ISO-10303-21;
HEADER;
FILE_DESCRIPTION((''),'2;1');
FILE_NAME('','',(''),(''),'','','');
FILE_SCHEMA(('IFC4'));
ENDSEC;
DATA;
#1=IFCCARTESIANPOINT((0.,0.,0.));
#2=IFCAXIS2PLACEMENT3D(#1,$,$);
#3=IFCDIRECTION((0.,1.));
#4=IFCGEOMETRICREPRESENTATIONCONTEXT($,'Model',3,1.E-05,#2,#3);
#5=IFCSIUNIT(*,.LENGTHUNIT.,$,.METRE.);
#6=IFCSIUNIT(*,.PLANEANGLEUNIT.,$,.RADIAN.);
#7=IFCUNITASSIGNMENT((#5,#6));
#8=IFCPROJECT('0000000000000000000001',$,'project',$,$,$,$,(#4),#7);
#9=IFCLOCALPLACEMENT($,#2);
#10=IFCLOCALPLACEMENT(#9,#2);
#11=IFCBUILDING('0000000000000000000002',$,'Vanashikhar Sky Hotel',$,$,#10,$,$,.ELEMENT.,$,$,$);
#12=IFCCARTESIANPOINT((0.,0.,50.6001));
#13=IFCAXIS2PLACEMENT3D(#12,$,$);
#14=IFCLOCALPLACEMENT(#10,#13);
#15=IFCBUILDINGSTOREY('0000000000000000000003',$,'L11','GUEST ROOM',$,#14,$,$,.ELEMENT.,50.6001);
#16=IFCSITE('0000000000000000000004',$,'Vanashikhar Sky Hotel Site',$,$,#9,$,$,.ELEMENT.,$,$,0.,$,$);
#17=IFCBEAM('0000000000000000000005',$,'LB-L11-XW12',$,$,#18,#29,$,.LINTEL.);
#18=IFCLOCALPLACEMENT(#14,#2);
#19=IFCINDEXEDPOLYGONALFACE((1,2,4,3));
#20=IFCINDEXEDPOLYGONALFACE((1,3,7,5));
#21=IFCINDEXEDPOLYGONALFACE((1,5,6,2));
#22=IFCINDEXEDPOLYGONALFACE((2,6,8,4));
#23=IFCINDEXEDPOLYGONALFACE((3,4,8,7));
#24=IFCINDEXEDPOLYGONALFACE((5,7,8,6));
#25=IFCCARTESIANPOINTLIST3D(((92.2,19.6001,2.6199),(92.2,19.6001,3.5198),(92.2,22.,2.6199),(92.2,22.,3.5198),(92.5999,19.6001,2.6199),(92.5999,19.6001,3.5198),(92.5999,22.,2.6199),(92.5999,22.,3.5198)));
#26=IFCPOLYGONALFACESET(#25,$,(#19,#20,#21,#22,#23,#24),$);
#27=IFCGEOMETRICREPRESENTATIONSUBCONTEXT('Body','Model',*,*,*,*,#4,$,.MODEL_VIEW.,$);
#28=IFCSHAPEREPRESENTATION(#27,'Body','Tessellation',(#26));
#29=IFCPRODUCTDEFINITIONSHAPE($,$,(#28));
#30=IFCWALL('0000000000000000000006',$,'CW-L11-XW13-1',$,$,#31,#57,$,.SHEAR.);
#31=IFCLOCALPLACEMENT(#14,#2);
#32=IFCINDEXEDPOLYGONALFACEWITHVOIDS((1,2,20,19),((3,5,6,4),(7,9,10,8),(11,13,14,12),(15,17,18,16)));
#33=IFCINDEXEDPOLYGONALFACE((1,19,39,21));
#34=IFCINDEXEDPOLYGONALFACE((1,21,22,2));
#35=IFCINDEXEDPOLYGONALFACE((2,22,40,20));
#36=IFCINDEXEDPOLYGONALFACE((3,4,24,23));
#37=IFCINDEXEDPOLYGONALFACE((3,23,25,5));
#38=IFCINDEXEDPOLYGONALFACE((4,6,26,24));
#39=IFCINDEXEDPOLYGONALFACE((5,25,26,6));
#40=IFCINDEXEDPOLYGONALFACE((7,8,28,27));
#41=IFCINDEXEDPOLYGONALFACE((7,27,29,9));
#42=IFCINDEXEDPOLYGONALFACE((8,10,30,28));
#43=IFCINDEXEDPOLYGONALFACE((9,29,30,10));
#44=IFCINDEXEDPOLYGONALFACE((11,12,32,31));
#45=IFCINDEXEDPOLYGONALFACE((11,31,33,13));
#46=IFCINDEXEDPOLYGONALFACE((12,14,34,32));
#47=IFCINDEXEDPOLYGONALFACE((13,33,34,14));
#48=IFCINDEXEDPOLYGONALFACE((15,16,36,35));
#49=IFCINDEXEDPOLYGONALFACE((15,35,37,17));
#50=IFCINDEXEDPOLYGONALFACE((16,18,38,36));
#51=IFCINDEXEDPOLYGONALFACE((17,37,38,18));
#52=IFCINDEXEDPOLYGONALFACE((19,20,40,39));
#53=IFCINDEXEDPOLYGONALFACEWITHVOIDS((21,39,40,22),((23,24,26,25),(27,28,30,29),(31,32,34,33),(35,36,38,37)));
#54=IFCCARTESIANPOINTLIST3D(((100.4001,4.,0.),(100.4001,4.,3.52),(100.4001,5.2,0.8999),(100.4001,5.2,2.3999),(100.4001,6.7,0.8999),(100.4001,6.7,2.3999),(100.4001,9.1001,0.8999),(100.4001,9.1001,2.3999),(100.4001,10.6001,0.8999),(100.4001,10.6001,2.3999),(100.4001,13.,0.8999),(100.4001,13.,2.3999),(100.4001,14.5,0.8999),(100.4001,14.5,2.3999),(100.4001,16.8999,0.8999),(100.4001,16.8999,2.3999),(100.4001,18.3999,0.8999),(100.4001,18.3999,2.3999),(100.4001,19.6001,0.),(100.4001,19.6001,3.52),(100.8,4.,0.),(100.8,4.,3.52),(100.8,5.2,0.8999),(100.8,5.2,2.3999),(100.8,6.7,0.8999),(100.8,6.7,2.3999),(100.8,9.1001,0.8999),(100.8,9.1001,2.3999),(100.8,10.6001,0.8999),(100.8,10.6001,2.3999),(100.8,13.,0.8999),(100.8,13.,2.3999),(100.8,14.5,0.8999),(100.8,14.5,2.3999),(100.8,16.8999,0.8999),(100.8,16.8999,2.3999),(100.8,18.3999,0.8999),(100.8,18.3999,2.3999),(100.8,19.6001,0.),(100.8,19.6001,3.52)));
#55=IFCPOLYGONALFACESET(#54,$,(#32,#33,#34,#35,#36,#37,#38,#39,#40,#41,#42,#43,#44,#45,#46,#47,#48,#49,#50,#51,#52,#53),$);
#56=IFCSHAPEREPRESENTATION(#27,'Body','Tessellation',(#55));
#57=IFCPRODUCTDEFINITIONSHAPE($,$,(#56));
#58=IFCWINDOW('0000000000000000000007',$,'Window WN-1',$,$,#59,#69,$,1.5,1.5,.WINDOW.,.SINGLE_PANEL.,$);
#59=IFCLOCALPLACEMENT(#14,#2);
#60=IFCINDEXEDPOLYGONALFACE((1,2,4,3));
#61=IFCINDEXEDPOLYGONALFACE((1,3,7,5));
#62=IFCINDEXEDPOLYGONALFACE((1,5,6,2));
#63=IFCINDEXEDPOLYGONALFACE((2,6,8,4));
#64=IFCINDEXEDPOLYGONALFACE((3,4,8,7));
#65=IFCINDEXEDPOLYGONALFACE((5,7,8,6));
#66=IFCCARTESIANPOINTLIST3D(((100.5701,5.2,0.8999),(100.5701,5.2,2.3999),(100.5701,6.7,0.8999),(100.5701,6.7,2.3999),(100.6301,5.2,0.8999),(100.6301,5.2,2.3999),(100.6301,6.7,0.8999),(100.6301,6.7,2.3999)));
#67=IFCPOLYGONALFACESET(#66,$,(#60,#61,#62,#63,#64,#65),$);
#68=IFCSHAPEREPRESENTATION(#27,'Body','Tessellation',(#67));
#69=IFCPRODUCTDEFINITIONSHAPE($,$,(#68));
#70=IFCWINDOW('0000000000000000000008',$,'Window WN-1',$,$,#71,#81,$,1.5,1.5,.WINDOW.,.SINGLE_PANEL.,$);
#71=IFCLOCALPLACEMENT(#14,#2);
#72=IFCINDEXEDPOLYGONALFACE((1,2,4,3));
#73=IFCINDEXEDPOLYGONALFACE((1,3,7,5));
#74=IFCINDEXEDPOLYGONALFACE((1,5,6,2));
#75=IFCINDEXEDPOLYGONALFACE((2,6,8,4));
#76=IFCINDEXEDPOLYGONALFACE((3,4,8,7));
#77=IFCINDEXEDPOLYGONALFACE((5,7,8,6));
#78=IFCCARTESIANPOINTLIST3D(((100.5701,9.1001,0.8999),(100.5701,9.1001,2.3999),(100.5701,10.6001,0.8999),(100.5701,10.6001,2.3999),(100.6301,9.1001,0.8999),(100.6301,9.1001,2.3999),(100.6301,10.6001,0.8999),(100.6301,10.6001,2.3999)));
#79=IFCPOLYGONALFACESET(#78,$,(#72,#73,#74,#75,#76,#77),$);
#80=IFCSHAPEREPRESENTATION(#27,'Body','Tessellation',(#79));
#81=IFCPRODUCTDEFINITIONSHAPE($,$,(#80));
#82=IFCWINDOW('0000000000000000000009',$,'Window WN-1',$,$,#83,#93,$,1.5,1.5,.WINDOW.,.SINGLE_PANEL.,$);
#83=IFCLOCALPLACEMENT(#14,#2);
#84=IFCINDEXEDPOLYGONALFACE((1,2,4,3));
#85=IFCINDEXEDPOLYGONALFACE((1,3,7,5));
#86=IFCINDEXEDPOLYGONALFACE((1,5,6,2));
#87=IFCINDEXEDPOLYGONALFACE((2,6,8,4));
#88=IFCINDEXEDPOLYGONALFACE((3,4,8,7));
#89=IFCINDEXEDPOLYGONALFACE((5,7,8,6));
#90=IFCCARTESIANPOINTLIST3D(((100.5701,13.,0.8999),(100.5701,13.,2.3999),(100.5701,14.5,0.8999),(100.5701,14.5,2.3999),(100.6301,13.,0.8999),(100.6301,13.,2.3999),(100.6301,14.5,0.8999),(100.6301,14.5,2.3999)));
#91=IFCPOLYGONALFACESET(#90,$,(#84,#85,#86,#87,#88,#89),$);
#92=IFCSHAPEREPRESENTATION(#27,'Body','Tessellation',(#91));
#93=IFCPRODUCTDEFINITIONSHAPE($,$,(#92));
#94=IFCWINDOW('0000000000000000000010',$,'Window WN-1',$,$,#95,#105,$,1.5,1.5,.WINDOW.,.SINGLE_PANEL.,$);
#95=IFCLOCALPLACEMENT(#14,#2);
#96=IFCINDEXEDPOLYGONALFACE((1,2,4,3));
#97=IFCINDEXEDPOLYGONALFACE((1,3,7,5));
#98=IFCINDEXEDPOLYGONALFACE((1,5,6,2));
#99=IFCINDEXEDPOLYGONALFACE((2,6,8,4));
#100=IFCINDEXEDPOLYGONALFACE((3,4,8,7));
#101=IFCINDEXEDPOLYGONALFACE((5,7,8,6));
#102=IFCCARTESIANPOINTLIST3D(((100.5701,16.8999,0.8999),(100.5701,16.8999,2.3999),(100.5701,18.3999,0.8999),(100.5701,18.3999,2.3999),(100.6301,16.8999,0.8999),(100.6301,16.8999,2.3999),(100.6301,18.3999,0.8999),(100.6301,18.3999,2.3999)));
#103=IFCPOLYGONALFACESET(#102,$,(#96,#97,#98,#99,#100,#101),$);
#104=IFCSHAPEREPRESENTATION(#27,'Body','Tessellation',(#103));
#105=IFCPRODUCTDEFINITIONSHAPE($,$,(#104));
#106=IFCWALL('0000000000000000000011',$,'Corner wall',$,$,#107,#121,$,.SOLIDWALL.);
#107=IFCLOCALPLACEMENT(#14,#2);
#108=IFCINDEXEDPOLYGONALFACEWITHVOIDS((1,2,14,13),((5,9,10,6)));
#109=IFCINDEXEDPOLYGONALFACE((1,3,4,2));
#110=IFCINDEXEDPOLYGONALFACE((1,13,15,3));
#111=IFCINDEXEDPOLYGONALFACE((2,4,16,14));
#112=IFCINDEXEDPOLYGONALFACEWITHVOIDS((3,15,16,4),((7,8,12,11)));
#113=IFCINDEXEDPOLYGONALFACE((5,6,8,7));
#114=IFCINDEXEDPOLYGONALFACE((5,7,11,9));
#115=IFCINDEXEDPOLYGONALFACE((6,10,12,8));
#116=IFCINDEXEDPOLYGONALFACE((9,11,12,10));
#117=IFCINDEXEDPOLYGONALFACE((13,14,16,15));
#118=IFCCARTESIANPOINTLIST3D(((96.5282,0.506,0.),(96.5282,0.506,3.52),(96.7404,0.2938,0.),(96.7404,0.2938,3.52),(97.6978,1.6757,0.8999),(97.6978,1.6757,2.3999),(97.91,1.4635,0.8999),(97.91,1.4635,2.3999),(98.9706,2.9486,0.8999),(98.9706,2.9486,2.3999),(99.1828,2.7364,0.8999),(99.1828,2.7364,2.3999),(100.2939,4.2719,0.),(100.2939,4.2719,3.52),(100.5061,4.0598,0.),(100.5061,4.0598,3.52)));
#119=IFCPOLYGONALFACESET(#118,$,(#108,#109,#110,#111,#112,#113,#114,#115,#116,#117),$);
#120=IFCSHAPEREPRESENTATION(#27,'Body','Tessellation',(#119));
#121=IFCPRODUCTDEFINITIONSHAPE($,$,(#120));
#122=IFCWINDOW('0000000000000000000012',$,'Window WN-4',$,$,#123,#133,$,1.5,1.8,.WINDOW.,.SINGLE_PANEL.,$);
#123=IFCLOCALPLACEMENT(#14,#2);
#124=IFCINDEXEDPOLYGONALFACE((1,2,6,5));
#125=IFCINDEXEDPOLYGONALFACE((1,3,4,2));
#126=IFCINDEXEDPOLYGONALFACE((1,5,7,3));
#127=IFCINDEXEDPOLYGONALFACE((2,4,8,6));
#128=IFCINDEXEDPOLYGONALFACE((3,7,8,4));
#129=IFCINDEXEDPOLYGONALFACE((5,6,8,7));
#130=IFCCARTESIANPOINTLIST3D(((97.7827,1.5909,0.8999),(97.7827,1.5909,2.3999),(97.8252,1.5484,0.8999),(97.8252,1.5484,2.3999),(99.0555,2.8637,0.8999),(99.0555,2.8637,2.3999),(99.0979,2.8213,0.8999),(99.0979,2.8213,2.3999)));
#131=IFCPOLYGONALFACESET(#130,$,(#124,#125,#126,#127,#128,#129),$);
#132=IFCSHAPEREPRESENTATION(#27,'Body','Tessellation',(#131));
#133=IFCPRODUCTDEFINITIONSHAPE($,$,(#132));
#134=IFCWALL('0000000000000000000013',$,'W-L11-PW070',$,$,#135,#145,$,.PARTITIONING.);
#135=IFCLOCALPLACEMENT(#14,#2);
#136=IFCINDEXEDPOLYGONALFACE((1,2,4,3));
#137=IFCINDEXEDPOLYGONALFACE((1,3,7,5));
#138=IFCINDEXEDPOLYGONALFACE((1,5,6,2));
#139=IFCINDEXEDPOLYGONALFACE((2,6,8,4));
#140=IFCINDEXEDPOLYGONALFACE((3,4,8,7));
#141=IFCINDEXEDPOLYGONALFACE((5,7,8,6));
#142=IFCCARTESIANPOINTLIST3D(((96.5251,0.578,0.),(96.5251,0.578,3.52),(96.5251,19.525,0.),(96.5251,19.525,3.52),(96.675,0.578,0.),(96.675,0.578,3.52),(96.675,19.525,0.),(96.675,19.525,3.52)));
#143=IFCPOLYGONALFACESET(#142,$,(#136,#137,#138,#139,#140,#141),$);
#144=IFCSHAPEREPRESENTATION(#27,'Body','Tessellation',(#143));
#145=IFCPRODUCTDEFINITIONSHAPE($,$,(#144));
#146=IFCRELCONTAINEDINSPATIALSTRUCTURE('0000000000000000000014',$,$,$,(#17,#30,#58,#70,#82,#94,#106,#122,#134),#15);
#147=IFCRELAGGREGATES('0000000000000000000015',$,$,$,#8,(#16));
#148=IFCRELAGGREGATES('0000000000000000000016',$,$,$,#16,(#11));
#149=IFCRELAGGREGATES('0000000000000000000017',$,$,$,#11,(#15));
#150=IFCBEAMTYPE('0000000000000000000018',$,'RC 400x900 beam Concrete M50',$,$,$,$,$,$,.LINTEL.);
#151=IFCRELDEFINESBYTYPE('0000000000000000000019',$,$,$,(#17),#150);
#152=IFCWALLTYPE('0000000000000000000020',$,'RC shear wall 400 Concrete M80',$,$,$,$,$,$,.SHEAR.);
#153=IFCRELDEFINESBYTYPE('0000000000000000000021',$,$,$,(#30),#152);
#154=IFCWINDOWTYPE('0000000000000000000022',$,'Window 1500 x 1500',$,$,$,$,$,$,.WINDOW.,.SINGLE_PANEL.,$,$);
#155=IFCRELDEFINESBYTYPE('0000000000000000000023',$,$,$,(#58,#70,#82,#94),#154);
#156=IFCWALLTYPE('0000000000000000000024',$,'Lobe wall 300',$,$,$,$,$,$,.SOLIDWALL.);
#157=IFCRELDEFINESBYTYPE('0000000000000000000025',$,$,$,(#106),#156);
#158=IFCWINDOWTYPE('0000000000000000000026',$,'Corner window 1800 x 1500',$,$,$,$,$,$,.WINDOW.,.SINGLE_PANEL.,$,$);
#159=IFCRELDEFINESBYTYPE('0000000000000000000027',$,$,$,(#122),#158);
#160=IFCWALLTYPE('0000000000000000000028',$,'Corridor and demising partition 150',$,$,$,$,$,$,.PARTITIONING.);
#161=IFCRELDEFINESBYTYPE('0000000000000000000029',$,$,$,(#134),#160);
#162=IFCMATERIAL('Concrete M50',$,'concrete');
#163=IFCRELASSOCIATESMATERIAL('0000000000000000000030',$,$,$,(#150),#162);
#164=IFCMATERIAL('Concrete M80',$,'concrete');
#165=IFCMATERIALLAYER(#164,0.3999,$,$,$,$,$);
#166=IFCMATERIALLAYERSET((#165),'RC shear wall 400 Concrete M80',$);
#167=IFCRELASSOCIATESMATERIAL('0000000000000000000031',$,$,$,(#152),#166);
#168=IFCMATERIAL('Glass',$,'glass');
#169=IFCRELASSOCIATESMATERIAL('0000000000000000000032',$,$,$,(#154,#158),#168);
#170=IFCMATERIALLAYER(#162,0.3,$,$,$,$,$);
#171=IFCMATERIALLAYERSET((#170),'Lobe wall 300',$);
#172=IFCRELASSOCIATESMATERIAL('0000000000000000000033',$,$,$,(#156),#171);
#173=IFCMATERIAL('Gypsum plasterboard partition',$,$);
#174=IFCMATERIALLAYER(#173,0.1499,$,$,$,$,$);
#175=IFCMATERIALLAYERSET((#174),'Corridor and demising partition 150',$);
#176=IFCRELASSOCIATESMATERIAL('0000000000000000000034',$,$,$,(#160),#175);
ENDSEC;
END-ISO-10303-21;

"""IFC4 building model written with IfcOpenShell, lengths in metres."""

from ifc_helpers import new_model, si_unit, direction, frame, frame_2d, origin, origin_2d, place, context, subcontext, project, spatial, rectangle, extrude, source, transform, mapped, material, layer, layer_set, material_profile, profile_set, type_object, element, fill, save


model = new_model("IFC4")

# Units and contexts
model_context = context("Model", 3, precision=1e-05, world=origin(), true_north=direction((0.0, 1.0)))
body_context = subcontext(model_context, "Body", "Model", "MODEL_VIEW")
ifc_project = project(units=[si_unit("LENGTHUNIT", "METRE"), si_unit("PLANEANGLEUNIT", "RADIAN")], contexts=[model_context])

# Site, building, storey
site_placement = place(None, origin())
site = spatial("IfcSite", under=ifc_project, at=site_placement, Name="Vanashikhar Sky Hotel Site", CompositionType="ELEMENT", RefElevation=0.0)
building_placement = place(site_placement, origin())
building = spatial("IfcBuilding", under=site, at=building_placement, Name="Vanashikhar Sky Hotel", CompositionType="ELEMENT")
storey_placement = place(building_placement, frame((0.0, 0.0, 50.6001)))
storey = spatial("IfcBuildingStorey", under=building, at=storey_placement, Name="L11", Description="GUEST ROOM", CompositionType="ELEMENT", Elevation=50.6001)

# Beam
ifc_material_1 = material(Name="Concrete M50", Category="concrete")
ifc_material_profile = material_profile(ifc_material_1, rectangle(XDim=0.3999, YDim=0.8999, at=origin_2d()))
ifc_profile_set = profile_set([ifc_material_profile], Name="RC 400x900 beam Concrete M50")
beam_type = type_object("IfcBeamType", Name="RC 400x900 beam Concrete M50", PredefinedType="LINTEL", material=ifc_profile_set)
shared_shape_1 = source(origin(), body_context, "Body", "SweptSolid", [
    extrude(rectangle(XDim=0.3999, YDim=0.8999, at=origin_2d()), origin(), (0.0, 0.0, 1.0), 2.3999),
])
beam_placement = place(storey_placement, frame((92.3999, 19.6001, 3.0698), z_axis=(0.0, 1.0, 0.0), x_axis=(-1.0, 0.0, 0.0)))
element("IfcBeam", 1, at=beam_placement, inside=storey, type_object=beam_type, Name="LB-L11-XW12", PredefinedType="LINTEL", context=body_context, shape_type="MappedRepresentation", body=[
    mapped(shared_shape_1, transform((0.0, 0.0, 0.0), scale=1.0)),
])

# Wall, openings, windows
ifc_material_2 = material(Name="Concrete M80", Category="concrete")
ifc_layer_1 = layer(ifc_material_2, 0.3999)
ifc_layer_set_1 = layer_set([ifc_layer_1], Name="RC shear wall 400 Concrete M80")
wall_type_1 = type_object("IfcWallType", Name="RC shear wall 400 Concrete M80", PredefinedType="SHEAR", material=ifc_layer_set_1)
shared_shape_2 = source(origin(), body_context, "Body", "SweptSolid", [
    extrude(rectangle(XDim=15.6001, YDim=0.3999, at=frame_2d((7.8, 0.0))), origin(), (0.0, 0.0, 1.0), 3.52),
])
wall_1_placement = place(storey_placement, frame((100.6001, 4.0, 0.0), z_axis=(0.0, 0.0, 1.0), x_axis=(0.0, 1.0, 0.0)))
wall_1 = element("IfcWall", 2, at=wall_1_placement, inside=storey, type_object=wall_type_1, Name="CW-L11-XW13-1", PredefinedType="SHEAR", context=body_context, shape_type="MappedRepresentation", body=[
    mapped(shared_shape_2, transform((0.0, 0.0, 0.0), scale=1.0)),
])
shared_shape_3 = source(origin(), body_context, "Body", "SweptSolid", [
    extrude(rectangle(XDim=1.5, YDim=1.5, at=frame_2d((0.75, 0.75))), frame((0.0, 0.21, 0.0), z_axis=(0.0, -1.0, 0.0), x_axis=(1.0, 0.0, 0.0)), (0.0, 0.0, 1.0), 0.4199),
])
opening_1_placement = place(wall_1_placement, frame((1.2, 0.0, 0.8999)))
opening_1 = element("IfcOpeningElement", 3, at=opening_1_placement, cuts=wall_1, PredefinedType="OPENING", context=body_context, shape_type="MappedRepresentation", body=[
    mapped(shared_shape_3, transform((0.0, 0.0, 0.0), scale=1.0)),
])
opening_2_placement = place(wall_1_placement, frame((5.1001, 0.0, 0.8999)))
opening_2 = element("IfcOpeningElement", 4, at=opening_2_placement, cuts=wall_1, PredefinedType="OPENING", context=body_context, shape_type="MappedRepresentation", body=[
    mapped(shared_shape_3, transform((0.0, 0.0, 0.0), scale=1.0)),
])
opening_3_placement = place(wall_1_placement, frame((9.0, 0.0, 0.8999)))
opening_3 = element("IfcOpeningElement", 5, at=opening_3_placement, cuts=wall_1, PredefinedType="OPENING", context=body_context, shape_type="MappedRepresentation", body=[
    mapped(shared_shape_3, transform((0.0, 0.0, 0.0), scale=1.0)),
])
opening_4_placement = place(wall_1_placement, frame((12.8999, 0.0, 0.8999)))
opening_4 = element("IfcOpeningElement", 6, at=opening_4_placement, cuts=wall_1, PredefinedType="OPENING", context=body_context, shape_type="MappedRepresentation", body=[
    mapped(shared_shape_3, transform((0.0, 0.0, 0.0), scale=1.0)),
])
ifc_material_3 = material(Name="Glass", Category="glass")
window_type_1 = type_object("IfcWindowType", Name="Window 1500 x 1500", PartitioningType="SINGLE_PANEL", PredefinedType="WINDOW", material=ifc_material_3)
shared_shape_4 = source(origin(), body_context, "Body", "SweptSolid", [
    extrude(rectangle(XDim=1.5, YDim=1.5, at=frame_2d((0.75, 0.75))), frame((0.0, 0.03, 0.0), z_axis=(0.0, -1.0, 0.0), x_axis=(1.0, 0.0, 0.0)), (0.0, 0.0, 1.0), 0.0601),
])
window_1_placement = place(opening_1_placement, origin())
window_1 = element("IfcWindow", 7, at=window_1_placement, inside=storey, type_object=window_type_1, Name="Window WN-1", OverallHeight=1.5, OverallWidth=1.5, PartitioningType="SINGLE_PANEL", PredefinedType="WINDOW", context=body_context, shape_type="MappedRepresentation", body=[
    mapped(shared_shape_4, transform((0.0, 0.0, 0.0), scale=1.0)),
])
fill(opening_1, window_1)
window_2_placement = place(opening_2_placement, origin())
window_2 = element("IfcWindow", 8, at=window_2_placement, inside=storey, type_object=window_type_1, Name="Window WN-1", OverallHeight=1.5, OverallWidth=1.5, PartitioningType="SINGLE_PANEL", PredefinedType="WINDOW", context=body_context, shape_type="MappedRepresentation", body=[
    mapped(shared_shape_4, transform((0.0, 0.0, 0.0), scale=1.0)),
])
fill(opening_2, window_2)
window_3_placement = place(opening_3_placement, origin())
window_3 = element("IfcWindow", 9, at=window_3_placement, inside=storey, type_object=window_type_1, Name="Window WN-1", OverallHeight=1.5, OverallWidth=1.5, PartitioningType="SINGLE_PANEL", PredefinedType="WINDOW", context=body_context, shape_type="MappedRepresentation", body=[
    mapped(shared_shape_4, transform((0.0, 0.0, 0.0), scale=1.0)),
])
fill(opening_3, window_3)
window_4_placement = place(opening_4_placement, origin())
window_4 = element("IfcWindow", 10, at=window_4_placement, inside=storey, type_object=window_type_1, Name="Window WN-1", OverallHeight=1.5, OverallWidth=1.5, PartitioningType="SINGLE_PANEL", PredefinedType="WINDOW", context=body_context, shape_type="MappedRepresentation", body=[
    mapped(shared_shape_4, transform((0.0, 0.0, 0.0), scale=1.0)),
])
fill(opening_4, window_4)

# Wall, opening, window
ifc_layer_2 = layer(ifc_material_1, 0.3)
ifc_layer_set_2 = layer_set([ifc_layer_2], Name="Lobe wall 300")
wall_type_2 = type_object("IfcWallType", Name="Lobe wall 300", PredefinedType="SOLIDWALL", material=ifc_layer_set_2)
shared_shape_5 = source(origin(), body_context, "Body", "SweptSolid", [
    extrude(rectangle(XDim=5.3257, YDim=0.3, at=frame_2d((2.6628, 0.0))), origin(), (0.0, 0.0, 1.0), 3.52),
])
wall_2_placement = place(storey_placement, frame((96.6343, 0.3999, 0.0), z_axis=(0.0, 0.0, 1.0), x_axis=(0.707084, 0.70713, 0.0)))
wall_2 = element("IfcWall", 11, at=wall_2_placement, inside=storey, type_object=wall_type_2, Name="Corner wall", PredefinedType="SOLIDWALL", context=body_context, shape_type="MappedRepresentation", body=[
    mapped(shared_shape_5, transform((0.0, 0.0, 0.0), scale=1.0)),
])
shared_shape_6 = source(origin(), body_context, "Body", "SweptSolid", [
    extrude(rectangle(XDim=1.8, YDim=1.5, at=frame_2d((0.8999, 0.75))), frame((0.0, 0.1602, 0.0), z_axis=(0.0, -1.0, 0.0), x_axis=(1.0, 0.0, 0.0)), (0.0, 0.0, 1.0), 0.3201),
])
opening_5_placement = place(wall_2_placement, frame((1.6543, 0.0, 0.8999)))
opening_5 = element("IfcOpeningElement", 12, at=opening_5_placement, cuts=wall_2, PredefinedType="OPENING", context=body_context, shape_type="MappedRepresentation", body=[
    mapped(shared_shape_6, transform((0.0, 0.0, 0.0), scale=1.0)),
])
window_type_2 = type_object("IfcWindowType", Name="Corner window 1800 x 1500", PartitioningType="SINGLE_PANEL", PredefinedType="WINDOW", material=ifc_material_3)
shared_shape_7 = source(origin(), body_context, "Body", "SweptSolid", [
    extrude(rectangle(XDim=1.8, YDim=1.5, at=frame_2d((0.8999, 0.75))), frame((0.0, 0.03, 0.0), z_axis=(0.0, -1.0, 0.0), x_axis=(1.0, 0.0, 0.0)), (0.0, 0.0, 1.0), 0.0601),
])
window_5_placement = place(opening_5_placement, origin())
window_5 = element("IfcWindow", 13, at=window_5_placement, inside=storey, type_object=window_type_2, Name="Window WN-4", OverallHeight=1.5, OverallWidth=1.8, PartitioningType="SINGLE_PANEL", PredefinedType="WINDOW", context=body_context, shape_type="MappedRepresentation", body=[
    mapped(shared_shape_7, transform((0.0, 0.0, 0.0), scale=1.0)),
])
fill(opening_5, window_5)

# Wall
ifc_material_4 = material(Name="Gypsum plasterboard partition")
ifc_layer_3 = layer(ifc_material_4, 0.1499)
ifc_layer_set_3 = layer_set([ifc_layer_3], Name="Corridor and demising partition 150")
wall_type_3 = type_object("IfcWallType", Name="Corridor and demising partition 150", PredefinedType="PARTITIONING", material=ifc_layer_set_3)
shared_shape_8 = source(origin(), body_context, "Body", "SweptSolid", [
    extrude(rectangle(XDim=18.947, YDim=0.1499, at=frame_2d((9.4736, 0.0))), origin(), (0.0, 0.0, 1.0), 3.52),
])
wall_3_placement = place(storey_placement, frame((96.6001, 0.5779, 0.0), z_axis=(0.0, 0.0, 1.0), x_axis=(0.0, 1.0, 0.0)))
element("IfcWall", 14, at=wall_3_placement, inside=storey, type_object=wall_type_3, Name="W-L11-PW070", PredefinedType="PARTITIONING", context=body_context, shape_type="MappedRepresentation", body=[
    mapped(shared_shape_8, transform((0.0, 0.0, 0.0), scale=1.0)),
])

save(model, "model.ifc")
